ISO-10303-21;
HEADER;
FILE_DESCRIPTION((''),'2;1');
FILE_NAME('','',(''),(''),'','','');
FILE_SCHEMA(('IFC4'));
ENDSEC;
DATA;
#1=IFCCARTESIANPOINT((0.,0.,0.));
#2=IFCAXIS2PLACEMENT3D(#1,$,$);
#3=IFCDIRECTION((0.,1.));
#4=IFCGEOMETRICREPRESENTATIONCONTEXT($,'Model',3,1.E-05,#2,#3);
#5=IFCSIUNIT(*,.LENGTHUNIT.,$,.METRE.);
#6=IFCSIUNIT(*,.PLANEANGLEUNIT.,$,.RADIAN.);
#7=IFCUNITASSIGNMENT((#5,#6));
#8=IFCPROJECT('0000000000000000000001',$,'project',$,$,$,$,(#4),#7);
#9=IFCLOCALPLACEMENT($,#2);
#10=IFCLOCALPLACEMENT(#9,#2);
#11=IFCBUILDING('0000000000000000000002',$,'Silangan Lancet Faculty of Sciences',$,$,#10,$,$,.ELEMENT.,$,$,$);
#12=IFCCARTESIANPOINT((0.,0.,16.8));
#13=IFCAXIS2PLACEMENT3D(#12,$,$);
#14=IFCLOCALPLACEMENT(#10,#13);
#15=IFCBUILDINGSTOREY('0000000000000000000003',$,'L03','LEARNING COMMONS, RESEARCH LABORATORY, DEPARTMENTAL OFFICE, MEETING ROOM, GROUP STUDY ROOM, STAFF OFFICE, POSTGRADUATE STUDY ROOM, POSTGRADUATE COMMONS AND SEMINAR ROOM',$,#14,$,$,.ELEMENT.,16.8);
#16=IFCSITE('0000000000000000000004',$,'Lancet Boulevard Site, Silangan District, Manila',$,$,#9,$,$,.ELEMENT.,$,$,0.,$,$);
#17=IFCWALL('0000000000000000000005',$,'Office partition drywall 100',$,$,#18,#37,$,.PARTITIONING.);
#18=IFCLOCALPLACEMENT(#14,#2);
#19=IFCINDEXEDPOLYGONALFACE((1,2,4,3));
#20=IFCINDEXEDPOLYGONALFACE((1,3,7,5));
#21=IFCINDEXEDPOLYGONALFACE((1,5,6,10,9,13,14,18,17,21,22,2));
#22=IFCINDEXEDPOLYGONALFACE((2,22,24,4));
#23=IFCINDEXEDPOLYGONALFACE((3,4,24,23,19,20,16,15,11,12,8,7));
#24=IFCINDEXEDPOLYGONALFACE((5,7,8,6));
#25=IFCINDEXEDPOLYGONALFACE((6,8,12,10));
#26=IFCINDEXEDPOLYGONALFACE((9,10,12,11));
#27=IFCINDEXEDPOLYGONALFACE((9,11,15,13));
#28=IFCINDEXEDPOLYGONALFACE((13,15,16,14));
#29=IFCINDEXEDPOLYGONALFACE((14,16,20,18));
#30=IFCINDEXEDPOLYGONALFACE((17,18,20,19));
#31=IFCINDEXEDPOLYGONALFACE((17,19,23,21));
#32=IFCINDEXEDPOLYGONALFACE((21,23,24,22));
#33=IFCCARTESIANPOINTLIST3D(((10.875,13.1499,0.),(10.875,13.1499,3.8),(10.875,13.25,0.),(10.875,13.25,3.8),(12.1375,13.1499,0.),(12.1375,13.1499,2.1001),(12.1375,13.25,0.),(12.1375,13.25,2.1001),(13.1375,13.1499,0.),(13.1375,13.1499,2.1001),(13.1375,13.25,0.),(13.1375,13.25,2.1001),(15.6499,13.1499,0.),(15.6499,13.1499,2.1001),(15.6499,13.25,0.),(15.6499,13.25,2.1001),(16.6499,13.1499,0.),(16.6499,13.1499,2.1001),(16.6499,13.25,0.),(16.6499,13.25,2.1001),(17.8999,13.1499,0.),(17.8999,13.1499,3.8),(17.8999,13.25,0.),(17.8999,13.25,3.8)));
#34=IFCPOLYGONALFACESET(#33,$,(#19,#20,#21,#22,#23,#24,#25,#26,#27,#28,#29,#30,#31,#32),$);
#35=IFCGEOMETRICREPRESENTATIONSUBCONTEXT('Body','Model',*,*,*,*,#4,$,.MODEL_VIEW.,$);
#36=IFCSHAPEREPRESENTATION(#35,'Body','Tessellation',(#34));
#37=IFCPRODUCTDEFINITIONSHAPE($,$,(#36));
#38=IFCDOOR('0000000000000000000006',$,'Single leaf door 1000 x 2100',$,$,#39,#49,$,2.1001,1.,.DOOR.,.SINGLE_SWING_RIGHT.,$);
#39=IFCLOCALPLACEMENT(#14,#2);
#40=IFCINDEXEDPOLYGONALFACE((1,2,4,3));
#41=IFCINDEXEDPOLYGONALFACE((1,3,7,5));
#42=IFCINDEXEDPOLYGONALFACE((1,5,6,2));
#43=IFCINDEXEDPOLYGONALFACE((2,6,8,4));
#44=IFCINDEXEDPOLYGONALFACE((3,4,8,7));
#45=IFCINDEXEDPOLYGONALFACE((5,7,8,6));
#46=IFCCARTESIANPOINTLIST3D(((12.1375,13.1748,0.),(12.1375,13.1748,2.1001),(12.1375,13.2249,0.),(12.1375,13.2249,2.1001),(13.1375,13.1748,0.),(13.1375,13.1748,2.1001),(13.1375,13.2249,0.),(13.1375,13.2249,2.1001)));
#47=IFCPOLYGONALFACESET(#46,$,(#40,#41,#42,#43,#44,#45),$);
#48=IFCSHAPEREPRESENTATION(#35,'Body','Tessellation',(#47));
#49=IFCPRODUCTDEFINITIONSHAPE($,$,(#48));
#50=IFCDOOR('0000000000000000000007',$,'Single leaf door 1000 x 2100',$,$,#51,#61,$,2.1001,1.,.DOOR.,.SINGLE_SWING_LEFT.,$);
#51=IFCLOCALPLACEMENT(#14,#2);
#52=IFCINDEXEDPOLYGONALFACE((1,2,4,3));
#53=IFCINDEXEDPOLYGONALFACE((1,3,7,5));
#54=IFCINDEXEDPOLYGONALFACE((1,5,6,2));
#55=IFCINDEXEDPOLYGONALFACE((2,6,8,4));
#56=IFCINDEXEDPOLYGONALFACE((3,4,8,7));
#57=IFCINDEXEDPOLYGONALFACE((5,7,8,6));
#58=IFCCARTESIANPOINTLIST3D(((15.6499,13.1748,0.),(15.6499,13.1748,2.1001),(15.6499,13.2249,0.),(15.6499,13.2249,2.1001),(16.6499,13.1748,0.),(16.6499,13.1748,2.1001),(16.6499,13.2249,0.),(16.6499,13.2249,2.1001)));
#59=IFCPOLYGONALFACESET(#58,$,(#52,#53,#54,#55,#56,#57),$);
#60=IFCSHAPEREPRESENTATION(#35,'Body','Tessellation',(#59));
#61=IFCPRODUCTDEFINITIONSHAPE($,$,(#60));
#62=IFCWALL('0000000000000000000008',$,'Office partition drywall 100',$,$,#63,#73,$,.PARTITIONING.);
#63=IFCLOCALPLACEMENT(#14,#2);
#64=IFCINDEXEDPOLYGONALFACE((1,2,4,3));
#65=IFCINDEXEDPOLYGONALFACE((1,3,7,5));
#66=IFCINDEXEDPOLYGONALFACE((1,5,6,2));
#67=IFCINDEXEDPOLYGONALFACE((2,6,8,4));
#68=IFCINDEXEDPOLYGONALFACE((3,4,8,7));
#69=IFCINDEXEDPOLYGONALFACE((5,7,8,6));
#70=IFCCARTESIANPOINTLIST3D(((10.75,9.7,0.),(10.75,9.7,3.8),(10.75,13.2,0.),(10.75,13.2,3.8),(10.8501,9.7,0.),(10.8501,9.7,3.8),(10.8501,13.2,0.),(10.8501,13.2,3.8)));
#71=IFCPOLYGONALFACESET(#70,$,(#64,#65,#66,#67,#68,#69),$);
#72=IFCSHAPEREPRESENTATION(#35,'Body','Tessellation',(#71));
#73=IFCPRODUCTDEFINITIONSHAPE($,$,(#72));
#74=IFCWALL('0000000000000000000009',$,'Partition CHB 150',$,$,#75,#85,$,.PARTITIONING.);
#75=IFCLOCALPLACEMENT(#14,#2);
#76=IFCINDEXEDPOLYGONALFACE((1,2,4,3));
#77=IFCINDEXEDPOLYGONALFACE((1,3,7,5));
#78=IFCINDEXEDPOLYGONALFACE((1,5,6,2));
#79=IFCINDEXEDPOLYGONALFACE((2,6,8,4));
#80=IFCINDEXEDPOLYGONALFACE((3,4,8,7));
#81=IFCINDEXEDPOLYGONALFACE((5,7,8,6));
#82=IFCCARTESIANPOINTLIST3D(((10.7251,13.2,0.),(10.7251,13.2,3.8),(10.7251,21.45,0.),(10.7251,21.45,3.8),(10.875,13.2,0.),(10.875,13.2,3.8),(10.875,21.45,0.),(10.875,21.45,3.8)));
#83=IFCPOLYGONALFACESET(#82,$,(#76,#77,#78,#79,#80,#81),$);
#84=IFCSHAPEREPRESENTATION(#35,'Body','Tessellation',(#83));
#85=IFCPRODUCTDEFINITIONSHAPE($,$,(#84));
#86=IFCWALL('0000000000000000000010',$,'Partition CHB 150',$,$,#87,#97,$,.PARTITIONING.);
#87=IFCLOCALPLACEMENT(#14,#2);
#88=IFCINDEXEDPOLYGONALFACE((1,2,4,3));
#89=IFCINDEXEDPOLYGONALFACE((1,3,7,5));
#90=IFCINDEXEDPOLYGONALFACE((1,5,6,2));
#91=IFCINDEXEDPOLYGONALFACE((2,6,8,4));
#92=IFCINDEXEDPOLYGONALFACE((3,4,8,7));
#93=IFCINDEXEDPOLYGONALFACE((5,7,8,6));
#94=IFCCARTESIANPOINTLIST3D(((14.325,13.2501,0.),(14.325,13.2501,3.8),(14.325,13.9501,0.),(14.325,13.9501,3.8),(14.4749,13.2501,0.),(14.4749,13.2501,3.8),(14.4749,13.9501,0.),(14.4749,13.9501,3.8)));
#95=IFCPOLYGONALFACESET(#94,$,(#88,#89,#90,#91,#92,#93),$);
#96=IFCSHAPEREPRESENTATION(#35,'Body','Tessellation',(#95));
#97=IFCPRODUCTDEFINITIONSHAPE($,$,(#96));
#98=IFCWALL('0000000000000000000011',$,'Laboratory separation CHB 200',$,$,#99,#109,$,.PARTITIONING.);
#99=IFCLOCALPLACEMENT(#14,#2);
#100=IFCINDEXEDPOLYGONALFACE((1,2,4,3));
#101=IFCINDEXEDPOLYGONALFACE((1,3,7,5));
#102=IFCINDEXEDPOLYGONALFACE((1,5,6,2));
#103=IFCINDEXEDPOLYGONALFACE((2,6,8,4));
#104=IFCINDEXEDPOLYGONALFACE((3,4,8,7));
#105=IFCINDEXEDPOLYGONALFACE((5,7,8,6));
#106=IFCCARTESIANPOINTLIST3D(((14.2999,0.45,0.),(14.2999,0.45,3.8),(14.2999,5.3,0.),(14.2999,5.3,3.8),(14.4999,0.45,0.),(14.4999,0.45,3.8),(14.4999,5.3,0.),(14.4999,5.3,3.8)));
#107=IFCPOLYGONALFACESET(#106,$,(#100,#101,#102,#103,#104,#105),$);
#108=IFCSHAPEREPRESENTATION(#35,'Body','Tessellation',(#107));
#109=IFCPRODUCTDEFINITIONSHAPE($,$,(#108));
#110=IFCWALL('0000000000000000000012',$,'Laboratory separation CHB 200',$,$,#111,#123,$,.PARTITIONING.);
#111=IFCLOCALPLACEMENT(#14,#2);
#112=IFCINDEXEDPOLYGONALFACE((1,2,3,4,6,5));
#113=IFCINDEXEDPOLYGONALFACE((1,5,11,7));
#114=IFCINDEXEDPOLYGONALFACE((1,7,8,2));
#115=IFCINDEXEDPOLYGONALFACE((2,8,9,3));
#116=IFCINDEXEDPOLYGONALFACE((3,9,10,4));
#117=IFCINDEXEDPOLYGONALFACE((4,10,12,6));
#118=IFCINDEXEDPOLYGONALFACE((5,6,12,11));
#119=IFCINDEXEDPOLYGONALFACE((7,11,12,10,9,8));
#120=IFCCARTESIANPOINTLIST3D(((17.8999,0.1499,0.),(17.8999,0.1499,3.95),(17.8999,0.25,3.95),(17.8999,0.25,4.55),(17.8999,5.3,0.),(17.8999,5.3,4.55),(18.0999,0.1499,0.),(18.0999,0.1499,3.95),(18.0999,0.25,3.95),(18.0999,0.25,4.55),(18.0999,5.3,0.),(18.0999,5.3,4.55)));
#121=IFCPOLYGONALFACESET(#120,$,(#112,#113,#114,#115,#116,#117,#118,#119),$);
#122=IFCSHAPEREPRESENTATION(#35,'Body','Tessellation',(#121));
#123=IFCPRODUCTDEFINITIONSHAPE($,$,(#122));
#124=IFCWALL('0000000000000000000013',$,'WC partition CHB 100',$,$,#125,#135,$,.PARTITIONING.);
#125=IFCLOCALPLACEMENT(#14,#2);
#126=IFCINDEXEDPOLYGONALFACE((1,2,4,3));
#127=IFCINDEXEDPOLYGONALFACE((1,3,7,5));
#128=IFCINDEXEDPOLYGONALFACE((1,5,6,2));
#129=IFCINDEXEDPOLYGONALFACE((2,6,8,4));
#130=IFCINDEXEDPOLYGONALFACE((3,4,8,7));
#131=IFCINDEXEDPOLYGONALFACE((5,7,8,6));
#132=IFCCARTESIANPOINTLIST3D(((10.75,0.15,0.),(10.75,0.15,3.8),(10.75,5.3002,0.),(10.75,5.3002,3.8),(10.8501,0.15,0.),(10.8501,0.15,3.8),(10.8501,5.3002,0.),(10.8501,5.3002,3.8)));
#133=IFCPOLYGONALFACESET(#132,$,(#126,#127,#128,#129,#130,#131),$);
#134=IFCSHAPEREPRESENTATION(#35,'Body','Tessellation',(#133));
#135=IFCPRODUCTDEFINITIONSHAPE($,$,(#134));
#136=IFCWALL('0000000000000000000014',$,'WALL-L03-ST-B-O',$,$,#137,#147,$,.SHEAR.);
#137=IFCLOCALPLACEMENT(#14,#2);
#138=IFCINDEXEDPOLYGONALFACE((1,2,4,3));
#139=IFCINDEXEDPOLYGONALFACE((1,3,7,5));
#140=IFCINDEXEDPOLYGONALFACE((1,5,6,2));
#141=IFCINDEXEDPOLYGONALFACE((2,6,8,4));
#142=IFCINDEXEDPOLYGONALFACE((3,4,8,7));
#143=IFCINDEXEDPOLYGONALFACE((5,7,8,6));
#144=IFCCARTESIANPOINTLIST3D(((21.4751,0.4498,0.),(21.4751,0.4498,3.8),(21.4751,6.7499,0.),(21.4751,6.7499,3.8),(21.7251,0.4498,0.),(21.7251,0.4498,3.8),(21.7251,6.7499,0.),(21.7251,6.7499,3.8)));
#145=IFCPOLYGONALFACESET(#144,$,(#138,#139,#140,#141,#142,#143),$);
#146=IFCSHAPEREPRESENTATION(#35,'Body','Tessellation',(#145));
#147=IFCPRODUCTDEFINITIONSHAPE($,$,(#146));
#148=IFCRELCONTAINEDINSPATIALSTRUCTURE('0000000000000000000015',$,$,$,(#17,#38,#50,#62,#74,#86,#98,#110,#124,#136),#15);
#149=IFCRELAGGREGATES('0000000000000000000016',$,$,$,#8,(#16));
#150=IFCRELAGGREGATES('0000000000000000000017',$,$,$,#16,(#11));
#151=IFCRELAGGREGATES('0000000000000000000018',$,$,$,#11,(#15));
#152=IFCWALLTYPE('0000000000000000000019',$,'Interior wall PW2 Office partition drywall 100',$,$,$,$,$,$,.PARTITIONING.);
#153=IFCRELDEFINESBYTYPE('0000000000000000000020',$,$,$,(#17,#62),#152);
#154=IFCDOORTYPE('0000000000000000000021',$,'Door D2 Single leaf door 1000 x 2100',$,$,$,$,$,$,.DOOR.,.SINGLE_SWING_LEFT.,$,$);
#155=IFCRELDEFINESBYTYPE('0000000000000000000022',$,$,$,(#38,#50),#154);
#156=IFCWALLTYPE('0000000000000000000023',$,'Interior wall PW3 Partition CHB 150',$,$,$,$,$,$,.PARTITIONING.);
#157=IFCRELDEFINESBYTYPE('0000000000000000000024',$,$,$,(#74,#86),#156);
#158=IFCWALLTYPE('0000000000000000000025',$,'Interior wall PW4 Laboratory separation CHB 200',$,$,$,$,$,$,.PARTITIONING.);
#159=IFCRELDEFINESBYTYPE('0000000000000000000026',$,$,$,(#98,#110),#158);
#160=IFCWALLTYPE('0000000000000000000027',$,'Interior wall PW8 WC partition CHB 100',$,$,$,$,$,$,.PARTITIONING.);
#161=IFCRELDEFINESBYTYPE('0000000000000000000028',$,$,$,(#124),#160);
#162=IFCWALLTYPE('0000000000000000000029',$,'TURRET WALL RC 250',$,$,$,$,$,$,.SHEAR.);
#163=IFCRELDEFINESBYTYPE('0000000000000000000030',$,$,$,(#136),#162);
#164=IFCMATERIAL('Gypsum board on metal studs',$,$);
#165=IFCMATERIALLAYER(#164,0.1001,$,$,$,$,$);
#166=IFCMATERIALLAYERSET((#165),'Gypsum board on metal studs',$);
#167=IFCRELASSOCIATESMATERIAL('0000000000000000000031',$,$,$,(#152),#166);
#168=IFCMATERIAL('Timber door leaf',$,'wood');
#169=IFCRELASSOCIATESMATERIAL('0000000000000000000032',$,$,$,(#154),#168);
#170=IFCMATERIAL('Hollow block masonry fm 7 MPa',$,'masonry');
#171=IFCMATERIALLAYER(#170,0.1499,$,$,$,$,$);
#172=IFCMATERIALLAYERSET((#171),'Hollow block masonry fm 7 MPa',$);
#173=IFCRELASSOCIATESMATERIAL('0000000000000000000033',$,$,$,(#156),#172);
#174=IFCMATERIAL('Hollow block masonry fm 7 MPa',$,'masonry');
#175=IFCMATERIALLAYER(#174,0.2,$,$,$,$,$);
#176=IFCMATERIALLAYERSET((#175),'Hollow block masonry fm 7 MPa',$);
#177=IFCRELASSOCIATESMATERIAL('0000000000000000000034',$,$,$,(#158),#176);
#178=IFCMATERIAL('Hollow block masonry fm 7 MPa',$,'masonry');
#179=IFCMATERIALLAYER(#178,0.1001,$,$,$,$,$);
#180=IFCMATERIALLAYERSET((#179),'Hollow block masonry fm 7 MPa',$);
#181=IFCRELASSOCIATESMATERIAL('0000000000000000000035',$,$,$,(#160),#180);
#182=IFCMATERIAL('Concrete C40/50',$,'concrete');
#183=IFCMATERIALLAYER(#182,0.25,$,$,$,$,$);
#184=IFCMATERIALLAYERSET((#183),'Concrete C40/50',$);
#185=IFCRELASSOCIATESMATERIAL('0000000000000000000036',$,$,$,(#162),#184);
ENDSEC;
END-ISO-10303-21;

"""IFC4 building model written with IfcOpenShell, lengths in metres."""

from ifc_helpers import new_model, si_unit, direction, frame, frame_2d, origin, place, context, subcontext, project, spatial, polyline, rectangle, outline, extrude, material, layer, layer_set, type_object, element, fill, save


model = new_model("IFC4")

# Units and contexts
model_context = context("Model", 3, precision=1e-05, world=origin(), true_north=direction((0.0, 1.0)))
body_context = subcontext(model_context, "Body", "Model", "MODEL_VIEW")
ifc_project = project(units=[si_unit("LENGTHUNIT", "METRE"), si_unit("PLANEANGLEUNIT", "RADIAN")], contexts=[model_context])

# Site, building, storey
site_placement = place(None, origin())
site = spatial("IfcSite", under=ifc_project, at=site_placement, Name="Lancet Boulevard Site, Silangan District, Manila", CompositionType="ELEMENT", RefElevation=0.0)
building_placement = place(site_placement, origin())
building = spatial("IfcBuilding", under=site, at=building_placement, Name="Silangan Lancet Faculty of Sciences", CompositionType="ELEMENT")
storey_placement = place(building_placement, frame((0.0, 0.0, 16.8)))
storey = spatial("IfcBuildingStorey", under=building, at=storey_placement, Name="L03", Description="LEARNING COMMONS, RESEARCH LABORATORY, DEPARTMENTAL OFFICE, MEETING ROOM, GROUP STUDY ROOM, STAFF OFFICE, POSTGRADUATE STUDY ROOM, POSTGRADUATE COMMONS AND SEMINAR ROOM", CompositionType="ELEMENT", Elevation=16.8)

# Wall, openings, doors
ifc_material_1 = material(Name="Gypsum board on metal studs")
ifc_layer_1 = layer(ifc_material_1, 0.1001)
ifc_layer_set_1 = layer_set([ifc_layer_1], Name="Gypsum board on metal studs")
wall_type_1 = type_object("IfcWallType", Name="Interior wall PW2 Office partition drywall 100", PredefinedType="PARTITIONING", material=ifc_layer_set_1)
wall_1_placement = place(storey_placement, frame((10.875, 13.2, 0.0), z_axis=(0.0, 0.0, 1.0), x_axis=(1.0, 0.0, 0.0)))
wall_1 = element("IfcWall", 1, at=wall_1_placement, inside=storey, type_object=wall_type_1, Name="Office partition drywall 100", PredefinedType="PARTITIONING", context=body_context, shape_type="SweptSolid", body=[
    extrude(rectangle(XDim=7.0249, YDim=0.1001, at=frame_2d((3.5125, 0.0))), origin(), (0.0, 0.0, 1.0), 3.8),
])
opening_1_placement = place(wall_1_placement, frame((1.2625, 0.0, 0.0)))
opening_1 = element("IfcOpeningElement", 2, at=opening_1_placement, cuts=wall_1, PredefinedType="OPENING", context=body_context, shape_type="SweptSolid", body=[
    extrude(rectangle(XDim=1.0, YDim=2.1001, at=frame_2d((0.5, 1.05))), frame((0.0, 0.0601, 0.0), z_axis=(0.0, -1.0, 0.0), x_axis=(1.0, 0.0, 0.0)), (0.0, 0.0, 1.0), 0.1201),
])
opening_2_placement = place(wall_1_placement, frame((4.7749, 0.0, 0.0)))
opening_2 = element("IfcOpeningElement", 3, at=opening_2_placement, cuts=wall_1, PredefinedType="OPENING", context=body_context, shape_type="SweptSolid", body=[
    extrude(rectangle(XDim=1.0, YDim=2.1001, at=frame_2d((0.5, 1.05))), frame((0.0, 0.0601, 0.0), z_axis=(0.0, -1.0, 0.0), x_axis=(1.0, 0.0, 0.0)), (0.0, 0.0, 1.0), 0.1201),
])
ifc_material_2 = material(Name="Timber door leaf", Category="wood")
door_type_1 = type_object("IfcDoorType", Name="Door D2 Single leaf door 1000 x 2100", OperationType="SINGLE_SWING_LEFT", PredefinedType="DOOR", material=ifc_material_2)
door_1_placement = place(opening_1_placement, origin())
door_1 = element("IfcDoor", 4, at=door_1_placement, inside=storey, type_object=door_type_1, Name="Single leaf door 1000 x 2100", OperationType="SINGLE_SWING_RIGHT", OverallHeight=2.1001, OverallWidth=1.0, PredefinedType="DOOR", context=body_context, shape_type="SweptSolid", body=[
    extrude(rectangle(XDim=1.0, YDim=2.1001, at=frame_2d((0.5, 1.05))), frame((0.0, 0.0249, 0.0), z_axis=(0.0, -1.0, 0.0), x_axis=(1.0, 0.0, 0.0)), (0.0, 0.0, 1.0), 0.05),
])
fill(opening_1, door_1)
door_2_placement = place(opening_2_placement, origin())
door_2 = element("IfcDoor", 5, at=door_2_placement, inside=storey, type_object=door_type_1, Name="Single leaf door 1000 x 2100", OperationType="SINGLE_SWING_LEFT", OverallHeight=2.1001, OverallWidth=1.0, PredefinedType="DOOR", context=body_context, shape_type="SweptSolid", body=[
    extrude(rectangle(XDim=1.0, YDim=2.1001, at=frame_2d((0.5, 1.05))), frame((0.0, 0.0249, 0.0), z_axis=(0.0, -1.0, 0.0), x_axis=(1.0, 0.0, 0.0)), (0.0, 0.0, 1.0), 0.05),
])
fill(opening_2, door_2)

# Walls
wall_2_placement = place(storey_placement, frame((10.8, 9.7, 0.0), z_axis=(0.0, 0.0, 1.0), x_axis=(0.0, 1.0, 0.0)))
element("IfcWall", 6, at=wall_2_placement, inside=storey, type_object=wall_type_1, Name="Office partition drywall 100", PredefinedType="PARTITIONING", context=body_context, shape_type="SweptSolid", body=[
    extrude(rectangle(XDim=3.5, YDim=0.1001, at=frame_2d((1.75, 0.0))), origin(), (0.0, 0.0, 1.0), 3.8),
])
ifc_material_3 = material(Name="Hollow block masonry fm 7 MPa", Category="masonry")
ifc_layer_2 = layer(ifc_material_3, 0.1499)
ifc_layer_set_2 = layer_set([ifc_layer_2], Name="Hollow block masonry fm 7 MPa")
wall_type_2 = type_object("IfcWallType", Name="Interior wall PW3 Partition CHB 150", PredefinedType="PARTITIONING", material=ifc_layer_set_2)
wall_3_placement = place(storey_placement, frame((10.8, 13.2, 0.0), z_axis=(0.0, 0.0, 1.0), x_axis=(0.0, 1.0, 0.0)))
element("IfcWall", 7, at=wall_3_placement, inside=storey, type_object=wall_type_2, Name="Partition CHB 150", PredefinedType="PARTITIONING", context=body_context, shape_type="SweptSolid", body=[
    extrude(rectangle(XDim=8.25, YDim=0.1499, at=frame_2d((4.125, 0.0))), origin(), (0.0, 0.0, 1.0), 3.8),
])
wall_4_placement = place(storey_placement, frame((14.3999, 13.25, 0.0), z_axis=(0.0, 0.0, 1.0), x_axis=(0.0, 1.0, 0.0)))
element("IfcWall", 8, at=wall_4_placement, inside=storey, type_object=wall_type_2, Name="Partition CHB 150", PredefinedType="PARTITIONING", context=body_context, shape_type="SweptSolid", body=[
    extrude(rectangle(XDim=0.7, YDim=0.1499, at=frame_2d((0.3501, 0.0))), origin(), (0.0, 0.0, 1.0), 3.8),
])
ifc_material_4 = material(Name="Hollow block masonry fm 7 MPa", Category="masonry")
ifc_layer_3 = layer(ifc_material_4, 0.2)
ifc_layer_set_3 = layer_set([ifc_layer_3], Name="Hollow block masonry fm 7 MPa")
wall_type_3 = type_object("IfcWallType", Name="Interior wall PW4 Laboratory separation CHB 200", PredefinedType="PARTITIONING", material=ifc_layer_set_3)
wall_5_placement = place(storey_placement, frame((14.3999, 0.45, 0.0), z_axis=(0.0, 0.0, 1.0), x_axis=(0.0, 1.0, 0.0)))
element("IfcWall", 9, at=wall_5_placement, inside=storey, type_object=wall_type_3, Name="Laboratory separation CHB 200", PredefinedType="PARTITIONING", context=body_context, shape_type="SweptSolid", body=[
    extrude(rectangle(XDim=4.8501, YDim=0.2, at=frame_2d((2.425, 0.0))), origin(), (0.0, 0.0, 1.0), 3.8),
])
wall_6_placement = place(storey_placement, frame((18.0, 0.1499, 0.0), z_axis=(0.0, 0.0, 1.0), x_axis=(0.0, 1.0, 0.0)))
element("IfcWall", 10, at=wall_6_placement, inside=storey, type_object=wall_type_3, Name="Laboratory separation CHB 200", PredefinedType="PARTITIONING", context=body_context, shape_type="SweptSolid", body=[
    extrude(outline(polyline([(0.0, 0.0), (5.1501, 0.0), (5.1501, 4.55), (0.1001, 4.55), (0.1001, 3.95), (0.0, 3.95), (0.0, 0.0)])), frame((0.0, 0.1001, 0.0), z_axis=(0.0, -1.0, 0.0), x_axis=(1.0, 0.0, 0.0)), (0.0, 0.0, 1.0), 0.2),
])
ifc_material_5 = material(Name="Hollow block masonry fm 7 MPa", Category="masonry")
ifc_layer_4 = layer(ifc_material_5, 0.1001)
ifc_layer_set_4 = layer_set([ifc_layer_4], Name="Hollow block masonry fm 7 MPa")
wall_type_4 = type_object("IfcWallType", Name="Interior wall PW8 WC partition CHB 100", PredefinedType="PARTITIONING", material=ifc_layer_set_4)
wall_7_placement = place(storey_placement, frame((10.8, 0.1499, 0.0), z_axis=(0.0, 0.0, 1.0), x_axis=(0.0, 1.0, 0.0)))
element("IfcWall", 11, at=wall_7_placement, inside=storey, type_object=wall_type_4, Name="WC partition CHB 100", PredefinedType="PARTITIONING", context=body_context, shape_type="SweptSolid", body=[
    extrude(rectangle(XDim=5.1501, YDim=0.1001, at=frame_2d((2.5752, 0.0))), origin(), (0.0, 0.0, 1.0), 3.8),
])
ifc_material_6 = material(Name="Concrete C40/50", Category="concrete")
ifc_layer_5 = layer(ifc_material_6, 0.25)
ifc_layer_set_5 = layer_set([ifc_layer_5], Name="Concrete C40/50")
wall_type_5 = type_object("IfcWallType", Name="TURRET WALL RC 250", PredefinedType="SHEAR", material=ifc_layer_set_5)
wall_8_placement = place(storey_placement, frame((21.6001, 0.45, 0.0), z_axis=(0.0, 0.0, 1.0), x_axis=(0.0, 1.0, 0.0)))
element("IfcWall", 12, at=wall_8_placement, inside=storey, type_object=wall_type_5, Name="WALL-L03-ST-B-O", PredefinedType="SHEAR", context=body_context, shape_type="SweptSolid", body=[
    extrude(rectangle(XDim=6.3, YDim=0.25, at=frame_2d((3.1499, 0.0))), origin(), (0.0, 0.0, 1.0), 3.8),
])

save(model, "model.ifc")
